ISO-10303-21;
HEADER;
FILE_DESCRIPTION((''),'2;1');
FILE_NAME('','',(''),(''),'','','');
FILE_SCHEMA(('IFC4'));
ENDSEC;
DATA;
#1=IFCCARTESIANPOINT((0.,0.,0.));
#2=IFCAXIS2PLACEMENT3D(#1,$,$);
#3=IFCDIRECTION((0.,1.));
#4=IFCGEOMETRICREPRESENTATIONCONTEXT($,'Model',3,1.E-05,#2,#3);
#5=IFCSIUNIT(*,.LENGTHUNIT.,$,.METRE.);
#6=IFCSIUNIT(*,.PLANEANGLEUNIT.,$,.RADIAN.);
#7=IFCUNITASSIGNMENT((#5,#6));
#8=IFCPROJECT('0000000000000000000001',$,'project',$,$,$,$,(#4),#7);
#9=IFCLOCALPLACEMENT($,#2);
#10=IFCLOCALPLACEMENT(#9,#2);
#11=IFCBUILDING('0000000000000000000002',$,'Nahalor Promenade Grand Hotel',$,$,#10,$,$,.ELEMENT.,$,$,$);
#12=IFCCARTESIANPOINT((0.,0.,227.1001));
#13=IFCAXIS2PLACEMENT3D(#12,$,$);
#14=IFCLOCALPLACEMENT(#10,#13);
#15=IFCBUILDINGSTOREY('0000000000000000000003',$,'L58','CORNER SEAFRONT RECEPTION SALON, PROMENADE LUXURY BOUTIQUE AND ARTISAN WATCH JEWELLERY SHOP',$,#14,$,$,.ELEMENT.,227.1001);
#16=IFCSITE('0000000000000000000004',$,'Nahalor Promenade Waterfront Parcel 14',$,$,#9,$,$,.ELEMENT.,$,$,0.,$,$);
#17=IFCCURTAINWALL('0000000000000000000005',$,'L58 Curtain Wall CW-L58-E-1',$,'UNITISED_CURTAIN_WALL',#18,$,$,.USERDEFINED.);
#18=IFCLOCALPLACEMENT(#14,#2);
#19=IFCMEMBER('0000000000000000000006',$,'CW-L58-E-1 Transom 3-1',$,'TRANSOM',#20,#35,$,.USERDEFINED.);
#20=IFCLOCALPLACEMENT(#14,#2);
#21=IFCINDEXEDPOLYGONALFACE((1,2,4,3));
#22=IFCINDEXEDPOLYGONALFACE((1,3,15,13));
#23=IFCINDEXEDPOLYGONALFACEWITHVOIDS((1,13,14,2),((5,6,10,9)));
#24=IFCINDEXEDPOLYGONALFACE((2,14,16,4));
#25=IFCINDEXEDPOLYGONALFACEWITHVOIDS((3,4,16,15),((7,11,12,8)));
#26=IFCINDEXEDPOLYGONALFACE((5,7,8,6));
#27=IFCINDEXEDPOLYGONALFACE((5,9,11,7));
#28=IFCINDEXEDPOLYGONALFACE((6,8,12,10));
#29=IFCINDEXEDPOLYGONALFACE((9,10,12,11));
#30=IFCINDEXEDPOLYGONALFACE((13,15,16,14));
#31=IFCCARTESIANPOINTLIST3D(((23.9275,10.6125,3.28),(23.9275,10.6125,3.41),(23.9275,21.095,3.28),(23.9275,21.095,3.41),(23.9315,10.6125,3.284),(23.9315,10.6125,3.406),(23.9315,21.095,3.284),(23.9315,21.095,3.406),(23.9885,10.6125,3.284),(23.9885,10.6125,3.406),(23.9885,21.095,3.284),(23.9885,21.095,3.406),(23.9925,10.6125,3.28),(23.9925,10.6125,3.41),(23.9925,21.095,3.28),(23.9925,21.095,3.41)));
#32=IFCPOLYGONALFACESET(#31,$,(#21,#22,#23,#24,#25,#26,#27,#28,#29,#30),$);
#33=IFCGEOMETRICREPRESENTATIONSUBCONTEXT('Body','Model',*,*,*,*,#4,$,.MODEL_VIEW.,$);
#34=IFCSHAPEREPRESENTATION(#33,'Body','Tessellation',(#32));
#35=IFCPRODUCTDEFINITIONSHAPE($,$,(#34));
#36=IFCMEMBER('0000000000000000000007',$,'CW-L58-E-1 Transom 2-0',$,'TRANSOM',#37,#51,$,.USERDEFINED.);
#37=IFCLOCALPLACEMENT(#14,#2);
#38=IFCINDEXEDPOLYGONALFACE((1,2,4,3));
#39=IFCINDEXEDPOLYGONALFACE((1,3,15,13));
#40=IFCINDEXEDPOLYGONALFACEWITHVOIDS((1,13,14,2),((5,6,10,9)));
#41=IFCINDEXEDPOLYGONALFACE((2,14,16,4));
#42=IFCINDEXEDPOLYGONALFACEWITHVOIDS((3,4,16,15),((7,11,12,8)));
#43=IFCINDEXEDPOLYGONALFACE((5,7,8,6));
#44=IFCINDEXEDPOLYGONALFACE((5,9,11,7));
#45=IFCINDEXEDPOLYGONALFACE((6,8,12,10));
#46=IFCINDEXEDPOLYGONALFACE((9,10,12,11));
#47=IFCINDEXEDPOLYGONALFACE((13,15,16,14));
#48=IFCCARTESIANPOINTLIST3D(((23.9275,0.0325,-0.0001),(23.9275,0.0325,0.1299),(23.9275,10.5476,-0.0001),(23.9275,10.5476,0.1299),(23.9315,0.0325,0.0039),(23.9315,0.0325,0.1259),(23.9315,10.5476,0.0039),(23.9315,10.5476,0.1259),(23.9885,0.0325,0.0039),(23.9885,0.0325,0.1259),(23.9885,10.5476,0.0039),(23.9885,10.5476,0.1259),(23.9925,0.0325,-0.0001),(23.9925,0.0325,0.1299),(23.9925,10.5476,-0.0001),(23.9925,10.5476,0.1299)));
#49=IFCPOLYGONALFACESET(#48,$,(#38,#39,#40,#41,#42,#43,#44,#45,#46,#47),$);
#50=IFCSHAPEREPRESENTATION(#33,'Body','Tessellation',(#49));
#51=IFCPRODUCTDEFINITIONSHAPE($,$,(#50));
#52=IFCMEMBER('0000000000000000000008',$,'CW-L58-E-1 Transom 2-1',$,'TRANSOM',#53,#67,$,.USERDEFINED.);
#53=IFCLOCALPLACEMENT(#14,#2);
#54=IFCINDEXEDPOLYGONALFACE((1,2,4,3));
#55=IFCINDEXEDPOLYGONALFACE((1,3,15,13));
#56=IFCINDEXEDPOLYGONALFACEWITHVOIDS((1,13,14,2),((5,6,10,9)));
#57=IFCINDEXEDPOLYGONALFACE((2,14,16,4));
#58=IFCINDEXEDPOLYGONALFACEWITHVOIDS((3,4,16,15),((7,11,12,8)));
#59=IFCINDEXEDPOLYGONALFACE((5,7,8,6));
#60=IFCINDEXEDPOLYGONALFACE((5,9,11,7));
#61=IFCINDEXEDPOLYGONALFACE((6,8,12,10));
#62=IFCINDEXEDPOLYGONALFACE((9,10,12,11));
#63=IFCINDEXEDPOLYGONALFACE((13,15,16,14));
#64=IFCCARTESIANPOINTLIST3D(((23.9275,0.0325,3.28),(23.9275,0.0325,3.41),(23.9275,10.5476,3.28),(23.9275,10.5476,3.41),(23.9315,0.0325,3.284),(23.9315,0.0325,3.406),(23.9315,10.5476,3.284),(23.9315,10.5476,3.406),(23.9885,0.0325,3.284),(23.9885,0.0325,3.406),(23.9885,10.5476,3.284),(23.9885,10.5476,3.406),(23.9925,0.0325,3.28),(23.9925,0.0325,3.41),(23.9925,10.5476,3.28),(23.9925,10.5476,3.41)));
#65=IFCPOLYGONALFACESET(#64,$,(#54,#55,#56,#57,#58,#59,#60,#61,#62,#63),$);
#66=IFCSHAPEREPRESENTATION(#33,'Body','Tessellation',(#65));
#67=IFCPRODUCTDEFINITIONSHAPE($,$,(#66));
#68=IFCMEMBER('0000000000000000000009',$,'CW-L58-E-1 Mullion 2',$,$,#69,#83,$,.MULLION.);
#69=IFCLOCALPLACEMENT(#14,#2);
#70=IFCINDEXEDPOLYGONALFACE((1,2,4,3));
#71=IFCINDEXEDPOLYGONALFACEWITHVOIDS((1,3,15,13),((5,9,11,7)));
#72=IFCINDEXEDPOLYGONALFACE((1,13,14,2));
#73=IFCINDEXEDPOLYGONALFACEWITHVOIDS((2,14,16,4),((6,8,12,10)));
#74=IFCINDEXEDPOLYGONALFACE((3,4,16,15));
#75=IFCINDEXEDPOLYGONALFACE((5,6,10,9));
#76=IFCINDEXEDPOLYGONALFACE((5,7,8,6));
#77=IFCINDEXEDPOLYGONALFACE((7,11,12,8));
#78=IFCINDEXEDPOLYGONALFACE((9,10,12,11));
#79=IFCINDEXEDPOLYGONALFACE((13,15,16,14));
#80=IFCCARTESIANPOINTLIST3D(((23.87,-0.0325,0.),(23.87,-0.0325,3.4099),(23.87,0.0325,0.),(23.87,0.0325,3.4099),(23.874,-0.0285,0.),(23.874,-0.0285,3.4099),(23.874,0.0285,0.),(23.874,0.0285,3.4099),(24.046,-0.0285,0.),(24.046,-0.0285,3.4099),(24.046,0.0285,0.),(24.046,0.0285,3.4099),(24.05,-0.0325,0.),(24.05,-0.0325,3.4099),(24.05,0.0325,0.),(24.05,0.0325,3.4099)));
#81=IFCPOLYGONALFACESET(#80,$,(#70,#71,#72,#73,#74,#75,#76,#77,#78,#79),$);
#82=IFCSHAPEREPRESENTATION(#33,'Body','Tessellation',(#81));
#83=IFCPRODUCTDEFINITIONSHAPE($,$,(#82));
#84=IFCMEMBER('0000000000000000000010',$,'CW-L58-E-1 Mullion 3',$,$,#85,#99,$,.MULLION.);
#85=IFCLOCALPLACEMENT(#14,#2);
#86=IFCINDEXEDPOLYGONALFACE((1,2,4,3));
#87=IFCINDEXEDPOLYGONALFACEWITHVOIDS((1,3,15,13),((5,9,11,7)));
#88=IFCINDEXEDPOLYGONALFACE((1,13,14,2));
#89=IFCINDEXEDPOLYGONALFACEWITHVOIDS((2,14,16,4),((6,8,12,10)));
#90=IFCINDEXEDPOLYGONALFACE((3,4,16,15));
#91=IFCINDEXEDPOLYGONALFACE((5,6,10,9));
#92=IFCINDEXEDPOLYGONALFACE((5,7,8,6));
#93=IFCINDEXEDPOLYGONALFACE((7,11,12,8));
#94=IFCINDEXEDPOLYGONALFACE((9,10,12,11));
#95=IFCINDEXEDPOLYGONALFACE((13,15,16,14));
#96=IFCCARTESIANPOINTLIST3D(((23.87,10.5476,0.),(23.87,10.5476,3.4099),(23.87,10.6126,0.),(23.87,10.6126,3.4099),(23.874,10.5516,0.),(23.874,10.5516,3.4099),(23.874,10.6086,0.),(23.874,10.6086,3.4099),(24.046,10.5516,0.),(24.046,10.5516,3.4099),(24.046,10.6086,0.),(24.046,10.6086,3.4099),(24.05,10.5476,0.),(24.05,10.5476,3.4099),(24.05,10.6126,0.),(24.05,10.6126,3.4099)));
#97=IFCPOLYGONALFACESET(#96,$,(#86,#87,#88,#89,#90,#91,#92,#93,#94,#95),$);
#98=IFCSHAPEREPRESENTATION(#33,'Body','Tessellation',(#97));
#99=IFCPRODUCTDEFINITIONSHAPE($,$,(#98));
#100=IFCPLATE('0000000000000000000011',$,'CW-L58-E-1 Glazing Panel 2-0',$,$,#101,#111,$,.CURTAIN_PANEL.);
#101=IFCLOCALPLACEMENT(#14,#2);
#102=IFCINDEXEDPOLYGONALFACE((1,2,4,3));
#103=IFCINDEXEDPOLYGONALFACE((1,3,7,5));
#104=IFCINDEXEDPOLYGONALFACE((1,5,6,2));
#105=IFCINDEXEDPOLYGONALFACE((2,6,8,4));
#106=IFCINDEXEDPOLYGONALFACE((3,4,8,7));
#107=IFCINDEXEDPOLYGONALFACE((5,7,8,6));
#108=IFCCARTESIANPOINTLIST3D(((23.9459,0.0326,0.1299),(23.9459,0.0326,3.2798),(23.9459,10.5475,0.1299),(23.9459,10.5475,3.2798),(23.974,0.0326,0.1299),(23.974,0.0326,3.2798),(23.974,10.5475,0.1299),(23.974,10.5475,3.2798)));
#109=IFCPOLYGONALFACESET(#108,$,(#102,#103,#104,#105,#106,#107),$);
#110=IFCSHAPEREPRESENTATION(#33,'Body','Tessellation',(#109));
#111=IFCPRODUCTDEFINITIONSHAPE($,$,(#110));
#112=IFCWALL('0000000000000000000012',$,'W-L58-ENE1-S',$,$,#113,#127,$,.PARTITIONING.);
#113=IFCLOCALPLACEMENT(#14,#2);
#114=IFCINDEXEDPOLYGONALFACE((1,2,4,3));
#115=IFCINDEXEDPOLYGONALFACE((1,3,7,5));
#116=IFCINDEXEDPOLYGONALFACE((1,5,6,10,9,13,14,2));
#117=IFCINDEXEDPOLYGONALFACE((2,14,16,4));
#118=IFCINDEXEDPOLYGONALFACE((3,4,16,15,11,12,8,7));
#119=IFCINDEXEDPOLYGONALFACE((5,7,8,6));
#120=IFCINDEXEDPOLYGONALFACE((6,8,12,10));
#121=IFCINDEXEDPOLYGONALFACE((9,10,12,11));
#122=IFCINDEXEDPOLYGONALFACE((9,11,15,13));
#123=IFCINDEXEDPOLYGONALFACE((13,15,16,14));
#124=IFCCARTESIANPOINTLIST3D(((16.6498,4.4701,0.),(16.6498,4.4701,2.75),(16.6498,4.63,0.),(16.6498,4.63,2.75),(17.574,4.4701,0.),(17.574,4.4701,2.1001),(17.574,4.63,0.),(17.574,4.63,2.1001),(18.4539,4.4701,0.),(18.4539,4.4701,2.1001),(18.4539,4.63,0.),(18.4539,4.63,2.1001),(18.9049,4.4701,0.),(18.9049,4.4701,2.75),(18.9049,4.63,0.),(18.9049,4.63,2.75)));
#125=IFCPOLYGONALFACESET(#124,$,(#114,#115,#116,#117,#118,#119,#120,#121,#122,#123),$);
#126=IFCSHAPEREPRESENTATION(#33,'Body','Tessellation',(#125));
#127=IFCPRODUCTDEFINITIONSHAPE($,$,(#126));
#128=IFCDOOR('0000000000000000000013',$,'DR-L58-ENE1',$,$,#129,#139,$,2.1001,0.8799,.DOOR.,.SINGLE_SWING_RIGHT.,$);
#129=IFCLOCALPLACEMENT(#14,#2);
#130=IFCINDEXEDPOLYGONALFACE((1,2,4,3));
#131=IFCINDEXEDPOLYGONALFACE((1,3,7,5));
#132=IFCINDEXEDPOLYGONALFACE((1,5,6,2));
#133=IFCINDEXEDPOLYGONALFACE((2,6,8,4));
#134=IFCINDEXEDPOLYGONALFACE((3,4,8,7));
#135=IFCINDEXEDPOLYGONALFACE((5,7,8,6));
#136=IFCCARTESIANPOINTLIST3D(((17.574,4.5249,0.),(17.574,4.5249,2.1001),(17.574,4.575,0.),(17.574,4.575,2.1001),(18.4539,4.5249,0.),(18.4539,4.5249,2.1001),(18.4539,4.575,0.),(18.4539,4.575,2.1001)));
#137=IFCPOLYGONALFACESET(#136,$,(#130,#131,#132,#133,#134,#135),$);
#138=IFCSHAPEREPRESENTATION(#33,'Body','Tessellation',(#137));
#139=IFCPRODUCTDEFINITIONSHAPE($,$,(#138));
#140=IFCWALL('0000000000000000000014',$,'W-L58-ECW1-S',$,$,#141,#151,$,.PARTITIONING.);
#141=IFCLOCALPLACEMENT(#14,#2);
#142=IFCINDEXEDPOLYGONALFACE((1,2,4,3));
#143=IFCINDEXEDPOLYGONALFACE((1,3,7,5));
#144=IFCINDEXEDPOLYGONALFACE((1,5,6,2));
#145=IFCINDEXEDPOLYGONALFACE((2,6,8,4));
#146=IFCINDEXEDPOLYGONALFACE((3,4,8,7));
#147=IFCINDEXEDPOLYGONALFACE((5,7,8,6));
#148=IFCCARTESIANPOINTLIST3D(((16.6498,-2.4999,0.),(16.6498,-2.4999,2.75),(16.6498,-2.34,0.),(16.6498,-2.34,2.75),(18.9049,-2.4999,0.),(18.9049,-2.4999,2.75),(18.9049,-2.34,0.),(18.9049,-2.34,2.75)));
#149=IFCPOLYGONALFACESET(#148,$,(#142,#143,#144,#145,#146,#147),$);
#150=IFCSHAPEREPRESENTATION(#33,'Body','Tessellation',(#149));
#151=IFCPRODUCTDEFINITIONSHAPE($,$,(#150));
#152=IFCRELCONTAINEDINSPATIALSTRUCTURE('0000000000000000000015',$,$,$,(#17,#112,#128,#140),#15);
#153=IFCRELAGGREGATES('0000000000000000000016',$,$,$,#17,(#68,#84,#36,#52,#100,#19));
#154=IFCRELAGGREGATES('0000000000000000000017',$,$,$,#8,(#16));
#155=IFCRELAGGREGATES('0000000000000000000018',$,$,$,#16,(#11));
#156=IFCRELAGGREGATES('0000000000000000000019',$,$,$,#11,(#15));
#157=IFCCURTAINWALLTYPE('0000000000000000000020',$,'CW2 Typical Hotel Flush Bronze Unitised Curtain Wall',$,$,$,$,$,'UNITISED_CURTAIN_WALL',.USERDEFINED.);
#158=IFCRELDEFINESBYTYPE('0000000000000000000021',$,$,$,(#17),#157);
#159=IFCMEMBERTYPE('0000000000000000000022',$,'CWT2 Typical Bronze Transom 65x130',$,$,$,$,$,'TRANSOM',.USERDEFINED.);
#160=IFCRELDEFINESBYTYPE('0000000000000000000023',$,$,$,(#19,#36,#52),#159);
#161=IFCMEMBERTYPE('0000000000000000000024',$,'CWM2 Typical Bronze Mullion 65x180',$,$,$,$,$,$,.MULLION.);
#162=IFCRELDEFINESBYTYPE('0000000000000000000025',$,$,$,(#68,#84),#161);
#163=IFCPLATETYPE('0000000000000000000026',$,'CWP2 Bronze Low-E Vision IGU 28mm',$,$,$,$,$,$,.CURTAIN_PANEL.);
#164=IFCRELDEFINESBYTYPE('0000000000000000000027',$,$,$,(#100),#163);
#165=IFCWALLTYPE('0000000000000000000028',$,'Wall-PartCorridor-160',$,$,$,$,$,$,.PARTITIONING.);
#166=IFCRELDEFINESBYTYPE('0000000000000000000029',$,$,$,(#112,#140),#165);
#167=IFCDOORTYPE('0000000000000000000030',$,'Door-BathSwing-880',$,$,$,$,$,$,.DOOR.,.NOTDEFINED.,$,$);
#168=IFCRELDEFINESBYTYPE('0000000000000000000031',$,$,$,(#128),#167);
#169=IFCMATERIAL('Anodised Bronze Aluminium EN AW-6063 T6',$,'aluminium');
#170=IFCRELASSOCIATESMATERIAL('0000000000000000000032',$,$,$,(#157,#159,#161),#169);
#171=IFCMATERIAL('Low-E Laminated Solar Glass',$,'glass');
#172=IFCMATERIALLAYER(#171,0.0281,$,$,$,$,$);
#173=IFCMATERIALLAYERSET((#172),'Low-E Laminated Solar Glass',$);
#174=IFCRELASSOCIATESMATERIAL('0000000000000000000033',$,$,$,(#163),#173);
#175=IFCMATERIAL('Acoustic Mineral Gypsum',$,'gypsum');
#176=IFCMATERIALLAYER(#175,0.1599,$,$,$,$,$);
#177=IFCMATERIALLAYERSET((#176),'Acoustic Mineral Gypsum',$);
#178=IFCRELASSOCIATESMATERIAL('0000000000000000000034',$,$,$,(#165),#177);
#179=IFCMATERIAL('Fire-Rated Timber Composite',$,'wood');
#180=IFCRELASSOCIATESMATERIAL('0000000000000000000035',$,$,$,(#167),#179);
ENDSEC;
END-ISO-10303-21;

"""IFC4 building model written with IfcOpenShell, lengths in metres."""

from ifc_helpers import new_model, si_unit, direction, frame, frame_2d, origin, origin_2d, place, context, subcontext, project, spatial, rectangle, hollow_rectangle, extrude, source, transform, mapped, material, layer, layer_set, material_profile, profile_set, type_object, element, fill, aggregate, save


model = new_model("IFC4")

# Units and contexts
model_context = context("Model", 3, precision=1e-05, world=origin(), true_north=direction((0.0, 1.0)))
body_context = subcontext(model_context, "Body", "Model", "MODEL_VIEW")
ifc_project = project(units=[si_unit("LENGTHUNIT", "METRE"), si_unit("PLANEANGLEUNIT", "RADIAN")], contexts=[model_context])

# Site, building, storey
site_placement = place(None, origin())
site = spatial("IfcSite", under=ifc_project, at=site_placement, Name="Nahalor Promenade Waterfront Parcel 14", CompositionType="ELEMENT", RefElevation=0.0)
building_placement = place(site_placement, origin())
building = spatial("IfcBuilding", under=site, at=building_placement, Name="Nahalor Promenade Grand Hotel", CompositionType="ELEMENT")
storey_placement = place(building_placement, frame((0.0, 0.0, 227.1001)))
storey = spatial("IfcBuildingStorey", under=building, at=storey_placement, Name="L58", Description="CORNER SEAFRONT RECEPTION SALON, PROMENADE LUXURY BOUTIQUE AND ARTISAN WATCH JEWELLERY SHOP", CompositionType="ELEMENT", Elevation=227.1001)

# Curtain wall, members, plate
ifc_material_1 = material(Name="Anodised Bronze Aluminium EN AW-6063 T6", Category="aluminium")
curtain_wall_type = type_object("IfcCurtainWallType", Name="CW2 Typical Hotel Flush Bronze Unitised Curtain Wall", ElementType="UNITISED_CURTAIN_WALL", PredefinedType="USERDEFINED", material=ifc_material_1)
curtain_wall_placement = place(storey_placement, origin())
curtain_wall = element("IfcCurtainWall", 1, at=curtain_wall_placement, inside=storey, type_object=curtain_wall_type, Name="L58 Curtain Wall CW-L58-E-1", ObjectType="UNITISED_CURTAIN_WALL", PredefinedType="USERDEFINED")
ifc_material_profile_1 = material_profile(ifc_material_1, hollow_rectangle(XDim=0.065, YDim=0.13, WallThickness=0.004, at=origin_2d()), Name="CWT 65x130x4")
ifc_profile_set_1 = profile_set([ifc_material_profile_1], Name="Anodised Bronze Aluminium EN AW-6063 T6")
member_type_1 = type_object("IfcMemberType", Name="CWT2 Typical Bronze Transom 65x130", ElementType="TRANSOM", PredefinedType="USERDEFINED", material=ifc_profile_set_1)
shared_shape_1 = source(origin(), body_context, "Body", "SweptSolid", [
    extrude(hollow_rectangle(XDim=0.065, YDim=0.13, WallThickness=0.004, at=origin_2d()), origin(), (0.0, 0.0, 1.0), 10.4824),
])
member_1_placement = place(storey_placement, frame((23.96, 10.6125, 3.345), z_axis=(0.0, 1.0, 0.0), x_axis=(-1.0, 0.0, 0.0)))
member_1 = element("IfcMember", 2, at=member_1_placement, type_object=member_type_1, Name="CW-L58-E-1 Transom 3-1", ObjectType="TRANSOM", PredefinedType="USERDEFINED", context=body_context, shape_type="MappedRepresentation", body=[
    mapped(shared_shape_1, transform((0.0, 0.0, 0.0), scale=1.0)),
])
shared_shape_2 = source(origin(), body_context, "Body", "SweptSolid", [
    extrude(hollow_rectangle(XDim=0.065, YDim=0.13, WallThickness=0.004, at=origin_2d()), origin(), (0.0, 0.0, 1.0), 10.5151),
])
member_2_placement = place(storey_placement, frame((23.96, 0.0325, 0.0649), z_axis=(0.0, 1.0, 0.0), x_axis=(-1.0, 0.0, 0.0)))
member_2 = element("IfcMember", 3, at=member_2_placement, type_object=member_type_1, Name="CW-L58-E-1 Transom 2-0", ObjectType="TRANSOM", PredefinedType="USERDEFINED", context=body_context, shape_type="MappedRepresentation", body=[
    mapped(shared_shape_2, transform((0.0, 0.0, 0.0), scale=1.0)),
])
member_3_placement = place(storey_placement, frame((23.96, 0.0325, 3.345), z_axis=(0.0, 1.0, 0.0), x_axis=(-1.0, 0.0, 0.0)))
member_3 = element("IfcMember", 4, at=member_3_placement, type_object=member_type_1, Name="CW-L58-E-1 Transom 2-1", ObjectType="TRANSOM", PredefinedType="USERDEFINED", context=body_context, shape_type="MappedRepresentation", body=[
    mapped(shared_shape_2, transform((0.0, 0.0, 0.0), scale=1.0)),
])
ifc_material_profile_2 = material_profile(ifc_material_1, hollow_rectangle(XDim=0.065, YDim=0.18, WallThickness=0.004, at=origin_2d()), Name="CWM 65x180x4")
ifc_profile_set_2 = profile_set([ifc_material_profile_2], Name="Anodised Bronze Aluminium EN AW-6063 T6")
member_type_2 = type_object("IfcMemberType", Name="CWM2 Typical Bronze Mullion 65x180", PredefinedType="MULLION", material=ifc_profile_set_2)
shared_shape_3 = source(origin(), body_context, "Body", "SweptSolid", [
    extrude(hollow_rectangle(XDim=0.065, YDim=0.18, WallThickness=0.004, at=origin_2d()), origin(), (0.0, 0.0, 1.0), 3.4099),
])
member_4_placement = place(storey_placement, frame((23.96, 0.0, 0.0), z_axis=(0.0, 0.0, 1.0), x_axis=(0.0, 1.0, 0.0)))
member_4 = element("IfcMember", 5, at=member_4_placement, type_object=member_type_2, Name="CW-L58-E-1 Mullion 2", PredefinedType="MULLION", context=body_context, shape_type="MappedRepresentation", body=[
    mapped(shared_shape_3, transform((0.0, 0.0, 0.0), scale=1.0)),
])
member_5_placement = place(storey_placement, frame((23.96, 10.5801, 0.0), z_axis=(0.0, 0.0, 1.0), x_axis=(0.0, 1.0, 0.0)))
member_5 = element("IfcMember", 6, at=member_5_placement, type_object=member_type_2, Name="CW-L58-E-1 Mullion 3", PredefinedType="MULLION", context=body_context, shape_type="MappedRepresentation", body=[
    mapped(shared_shape_3, transform((0.0, 0.0, 0.0), scale=1.0)),
])
ifc_material_2 = material(Name="Low-E Laminated Solar Glass", Category="glass")
ifc_layer_1 = layer(ifc_material_2, 0.0281)
ifc_layer_set_1 = layer_set([ifc_layer_1], Name="Low-E Laminated Solar Glass")
plate_type = type_object("IfcPlateType", Name="CWP2 Bronze Low-E Vision IGU 28mm", PredefinedType="CURTAIN_PANEL", material=ifc_layer_set_1)
shared_shape_4 = source(origin(), body_context, "Body", "SweptSolid", [
    extrude(rectangle(XDim=10.5149, YDim=0.0281, at=origin_2d()), origin(), (0.0, 0.0, 1.0), 3.1499),
])
plate_placement = place(storey_placement, frame((23.96, 5.29, 0.1299), z_axis=(0.0, 0.0, 1.0), x_axis=(0.0, 1.0, 0.0)))
plate = element("IfcPlate", 7, at=plate_placement, type_object=plate_type, Name="CW-L58-E-1 Glazing Panel 2-0", PredefinedType="CURTAIN_PANEL", context=body_context, shape_type="MappedRepresentation", body=[
    mapped(shared_shape_4, transform((0.0, 0.0, 0.0), scale=1.0)),
])
aggregate(curtain_wall, [member_4, member_5, member_2, member_3, plate, member_1])

# Wall, opening, door
ifc_material_3 = material(Name="Acoustic Mineral Gypsum", Category="gypsum")
ifc_layer_2 = layer(ifc_material_3, 0.1599)
ifc_layer_set_2 = layer_set([ifc_layer_2], Name="Acoustic Mineral Gypsum")
wall_type = type_object("IfcWallType", Name="Wall-PartCorridor-160", PredefinedType="PARTITIONING", material=ifc_layer_set_2)
shared_shape_5 = source(origin(), body_context, "Body", "SweptSolid", [
    extrude(rectangle(XDim=2.2551, YDim=0.1599, at=frame_2d((1.1274, 0.0))), origin(), (0.0, 0.0, 1.0), 2.75),
])
wall_1_placement = place(storey_placement, frame((16.6499, 4.55, 0.0), z_axis=(0.0, 0.0, 1.0), x_axis=(1.0, 0.0, 0.0)))
wall_1 = element("IfcWall", 8, at=wall_1_placement, inside=storey, type_object=wall_type, Name="W-L58-ENE1-S", PredefinedType="PARTITIONING", context=body_context, shape_type="MappedRepresentation", body=[
    mapped(shared_shape_5, transform((0.0, 0.0, 0.0), scale=1.0)),
])
opening_1_placement = place(wall_1_placement, frame((0.9241, 0.0, 0.0)))
opening_1 = element("IfcOpeningElement", 9, at=opening_1_placement, cuts=wall_1, PredefinedType="OPENING", context=body_context, shape_type="SweptSolid", body=[
    extrude(rectangle(XDim=0.8799, YDim=2.1001, at=frame_2d((0.4399, 1.05))), frame((0.0, 0.0898, 0.0), z_axis=(0.0, -1.0, 0.0), x_axis=(1.0, 0.0, 0.0)), (0.0, 0.0, 1.0), 0.1799),
])
ifc_material_4 = material(Name="Fire-Rated Timber Composite", Category="wood")
door_type = type_object("IfcDoorType", Name="Door-BathSwing-880", OperationType="NOTDEFINED", PredefinedType="DOOR", material=ifc_material_4)
shared_shape_6 = source(origin(), body_context, "Body", "SweptSolid", [
    extrude(rectangle(XDim=0.8799, YDim=2.1001, at=frame_2d((0.4399, 1.05))), frame((0.0, 0.0249, 0.0), z_axis=(0.0, -1.0, 0.0), x_axis=(1.0, 0.0, 0.0)), (0.0, 0.0, 1.0), 0.05),
])
door_1_placement = place(opening_1_placement, origin())
door_1 = element("IfcDoor", 10, at=door_1_placement, inside=storey, type_object=door_type, Name="DR-L58-ENE1", OperationType="SINGLE_SWING_RIGHT", OverallHeight=2.1001, OverallWidth=0.8799, PredefinedType="DOOR", context=body_context, shape_type="MappedRepresentation", body=[
    mapped(shared_shape_6, transform((0.0, 0.0, 0.0), scale=1.0)),
])
fill(opening_1, door_1)

# Wall
wall_2_placement = place(storey_placement, frame((16.6499, -2.4199, 0.0), z_axis=(0.0, 0.0, 1.0), x_axis=(1.0, 0.0, 0.0)))
element("IfcWall", 11, at=wall_2_placement, inside=storey, type_object=wall_type, Name="W-L58-ECW1-S", PredefinedType="PARTITIONING", context=body_context, shape_type="MappedRepresentation", body=[
    mapped(shared_shape_5, transform((0.0, 0.0, 0.0), scale=1.0)),
])

save(model, "model.ifc")
